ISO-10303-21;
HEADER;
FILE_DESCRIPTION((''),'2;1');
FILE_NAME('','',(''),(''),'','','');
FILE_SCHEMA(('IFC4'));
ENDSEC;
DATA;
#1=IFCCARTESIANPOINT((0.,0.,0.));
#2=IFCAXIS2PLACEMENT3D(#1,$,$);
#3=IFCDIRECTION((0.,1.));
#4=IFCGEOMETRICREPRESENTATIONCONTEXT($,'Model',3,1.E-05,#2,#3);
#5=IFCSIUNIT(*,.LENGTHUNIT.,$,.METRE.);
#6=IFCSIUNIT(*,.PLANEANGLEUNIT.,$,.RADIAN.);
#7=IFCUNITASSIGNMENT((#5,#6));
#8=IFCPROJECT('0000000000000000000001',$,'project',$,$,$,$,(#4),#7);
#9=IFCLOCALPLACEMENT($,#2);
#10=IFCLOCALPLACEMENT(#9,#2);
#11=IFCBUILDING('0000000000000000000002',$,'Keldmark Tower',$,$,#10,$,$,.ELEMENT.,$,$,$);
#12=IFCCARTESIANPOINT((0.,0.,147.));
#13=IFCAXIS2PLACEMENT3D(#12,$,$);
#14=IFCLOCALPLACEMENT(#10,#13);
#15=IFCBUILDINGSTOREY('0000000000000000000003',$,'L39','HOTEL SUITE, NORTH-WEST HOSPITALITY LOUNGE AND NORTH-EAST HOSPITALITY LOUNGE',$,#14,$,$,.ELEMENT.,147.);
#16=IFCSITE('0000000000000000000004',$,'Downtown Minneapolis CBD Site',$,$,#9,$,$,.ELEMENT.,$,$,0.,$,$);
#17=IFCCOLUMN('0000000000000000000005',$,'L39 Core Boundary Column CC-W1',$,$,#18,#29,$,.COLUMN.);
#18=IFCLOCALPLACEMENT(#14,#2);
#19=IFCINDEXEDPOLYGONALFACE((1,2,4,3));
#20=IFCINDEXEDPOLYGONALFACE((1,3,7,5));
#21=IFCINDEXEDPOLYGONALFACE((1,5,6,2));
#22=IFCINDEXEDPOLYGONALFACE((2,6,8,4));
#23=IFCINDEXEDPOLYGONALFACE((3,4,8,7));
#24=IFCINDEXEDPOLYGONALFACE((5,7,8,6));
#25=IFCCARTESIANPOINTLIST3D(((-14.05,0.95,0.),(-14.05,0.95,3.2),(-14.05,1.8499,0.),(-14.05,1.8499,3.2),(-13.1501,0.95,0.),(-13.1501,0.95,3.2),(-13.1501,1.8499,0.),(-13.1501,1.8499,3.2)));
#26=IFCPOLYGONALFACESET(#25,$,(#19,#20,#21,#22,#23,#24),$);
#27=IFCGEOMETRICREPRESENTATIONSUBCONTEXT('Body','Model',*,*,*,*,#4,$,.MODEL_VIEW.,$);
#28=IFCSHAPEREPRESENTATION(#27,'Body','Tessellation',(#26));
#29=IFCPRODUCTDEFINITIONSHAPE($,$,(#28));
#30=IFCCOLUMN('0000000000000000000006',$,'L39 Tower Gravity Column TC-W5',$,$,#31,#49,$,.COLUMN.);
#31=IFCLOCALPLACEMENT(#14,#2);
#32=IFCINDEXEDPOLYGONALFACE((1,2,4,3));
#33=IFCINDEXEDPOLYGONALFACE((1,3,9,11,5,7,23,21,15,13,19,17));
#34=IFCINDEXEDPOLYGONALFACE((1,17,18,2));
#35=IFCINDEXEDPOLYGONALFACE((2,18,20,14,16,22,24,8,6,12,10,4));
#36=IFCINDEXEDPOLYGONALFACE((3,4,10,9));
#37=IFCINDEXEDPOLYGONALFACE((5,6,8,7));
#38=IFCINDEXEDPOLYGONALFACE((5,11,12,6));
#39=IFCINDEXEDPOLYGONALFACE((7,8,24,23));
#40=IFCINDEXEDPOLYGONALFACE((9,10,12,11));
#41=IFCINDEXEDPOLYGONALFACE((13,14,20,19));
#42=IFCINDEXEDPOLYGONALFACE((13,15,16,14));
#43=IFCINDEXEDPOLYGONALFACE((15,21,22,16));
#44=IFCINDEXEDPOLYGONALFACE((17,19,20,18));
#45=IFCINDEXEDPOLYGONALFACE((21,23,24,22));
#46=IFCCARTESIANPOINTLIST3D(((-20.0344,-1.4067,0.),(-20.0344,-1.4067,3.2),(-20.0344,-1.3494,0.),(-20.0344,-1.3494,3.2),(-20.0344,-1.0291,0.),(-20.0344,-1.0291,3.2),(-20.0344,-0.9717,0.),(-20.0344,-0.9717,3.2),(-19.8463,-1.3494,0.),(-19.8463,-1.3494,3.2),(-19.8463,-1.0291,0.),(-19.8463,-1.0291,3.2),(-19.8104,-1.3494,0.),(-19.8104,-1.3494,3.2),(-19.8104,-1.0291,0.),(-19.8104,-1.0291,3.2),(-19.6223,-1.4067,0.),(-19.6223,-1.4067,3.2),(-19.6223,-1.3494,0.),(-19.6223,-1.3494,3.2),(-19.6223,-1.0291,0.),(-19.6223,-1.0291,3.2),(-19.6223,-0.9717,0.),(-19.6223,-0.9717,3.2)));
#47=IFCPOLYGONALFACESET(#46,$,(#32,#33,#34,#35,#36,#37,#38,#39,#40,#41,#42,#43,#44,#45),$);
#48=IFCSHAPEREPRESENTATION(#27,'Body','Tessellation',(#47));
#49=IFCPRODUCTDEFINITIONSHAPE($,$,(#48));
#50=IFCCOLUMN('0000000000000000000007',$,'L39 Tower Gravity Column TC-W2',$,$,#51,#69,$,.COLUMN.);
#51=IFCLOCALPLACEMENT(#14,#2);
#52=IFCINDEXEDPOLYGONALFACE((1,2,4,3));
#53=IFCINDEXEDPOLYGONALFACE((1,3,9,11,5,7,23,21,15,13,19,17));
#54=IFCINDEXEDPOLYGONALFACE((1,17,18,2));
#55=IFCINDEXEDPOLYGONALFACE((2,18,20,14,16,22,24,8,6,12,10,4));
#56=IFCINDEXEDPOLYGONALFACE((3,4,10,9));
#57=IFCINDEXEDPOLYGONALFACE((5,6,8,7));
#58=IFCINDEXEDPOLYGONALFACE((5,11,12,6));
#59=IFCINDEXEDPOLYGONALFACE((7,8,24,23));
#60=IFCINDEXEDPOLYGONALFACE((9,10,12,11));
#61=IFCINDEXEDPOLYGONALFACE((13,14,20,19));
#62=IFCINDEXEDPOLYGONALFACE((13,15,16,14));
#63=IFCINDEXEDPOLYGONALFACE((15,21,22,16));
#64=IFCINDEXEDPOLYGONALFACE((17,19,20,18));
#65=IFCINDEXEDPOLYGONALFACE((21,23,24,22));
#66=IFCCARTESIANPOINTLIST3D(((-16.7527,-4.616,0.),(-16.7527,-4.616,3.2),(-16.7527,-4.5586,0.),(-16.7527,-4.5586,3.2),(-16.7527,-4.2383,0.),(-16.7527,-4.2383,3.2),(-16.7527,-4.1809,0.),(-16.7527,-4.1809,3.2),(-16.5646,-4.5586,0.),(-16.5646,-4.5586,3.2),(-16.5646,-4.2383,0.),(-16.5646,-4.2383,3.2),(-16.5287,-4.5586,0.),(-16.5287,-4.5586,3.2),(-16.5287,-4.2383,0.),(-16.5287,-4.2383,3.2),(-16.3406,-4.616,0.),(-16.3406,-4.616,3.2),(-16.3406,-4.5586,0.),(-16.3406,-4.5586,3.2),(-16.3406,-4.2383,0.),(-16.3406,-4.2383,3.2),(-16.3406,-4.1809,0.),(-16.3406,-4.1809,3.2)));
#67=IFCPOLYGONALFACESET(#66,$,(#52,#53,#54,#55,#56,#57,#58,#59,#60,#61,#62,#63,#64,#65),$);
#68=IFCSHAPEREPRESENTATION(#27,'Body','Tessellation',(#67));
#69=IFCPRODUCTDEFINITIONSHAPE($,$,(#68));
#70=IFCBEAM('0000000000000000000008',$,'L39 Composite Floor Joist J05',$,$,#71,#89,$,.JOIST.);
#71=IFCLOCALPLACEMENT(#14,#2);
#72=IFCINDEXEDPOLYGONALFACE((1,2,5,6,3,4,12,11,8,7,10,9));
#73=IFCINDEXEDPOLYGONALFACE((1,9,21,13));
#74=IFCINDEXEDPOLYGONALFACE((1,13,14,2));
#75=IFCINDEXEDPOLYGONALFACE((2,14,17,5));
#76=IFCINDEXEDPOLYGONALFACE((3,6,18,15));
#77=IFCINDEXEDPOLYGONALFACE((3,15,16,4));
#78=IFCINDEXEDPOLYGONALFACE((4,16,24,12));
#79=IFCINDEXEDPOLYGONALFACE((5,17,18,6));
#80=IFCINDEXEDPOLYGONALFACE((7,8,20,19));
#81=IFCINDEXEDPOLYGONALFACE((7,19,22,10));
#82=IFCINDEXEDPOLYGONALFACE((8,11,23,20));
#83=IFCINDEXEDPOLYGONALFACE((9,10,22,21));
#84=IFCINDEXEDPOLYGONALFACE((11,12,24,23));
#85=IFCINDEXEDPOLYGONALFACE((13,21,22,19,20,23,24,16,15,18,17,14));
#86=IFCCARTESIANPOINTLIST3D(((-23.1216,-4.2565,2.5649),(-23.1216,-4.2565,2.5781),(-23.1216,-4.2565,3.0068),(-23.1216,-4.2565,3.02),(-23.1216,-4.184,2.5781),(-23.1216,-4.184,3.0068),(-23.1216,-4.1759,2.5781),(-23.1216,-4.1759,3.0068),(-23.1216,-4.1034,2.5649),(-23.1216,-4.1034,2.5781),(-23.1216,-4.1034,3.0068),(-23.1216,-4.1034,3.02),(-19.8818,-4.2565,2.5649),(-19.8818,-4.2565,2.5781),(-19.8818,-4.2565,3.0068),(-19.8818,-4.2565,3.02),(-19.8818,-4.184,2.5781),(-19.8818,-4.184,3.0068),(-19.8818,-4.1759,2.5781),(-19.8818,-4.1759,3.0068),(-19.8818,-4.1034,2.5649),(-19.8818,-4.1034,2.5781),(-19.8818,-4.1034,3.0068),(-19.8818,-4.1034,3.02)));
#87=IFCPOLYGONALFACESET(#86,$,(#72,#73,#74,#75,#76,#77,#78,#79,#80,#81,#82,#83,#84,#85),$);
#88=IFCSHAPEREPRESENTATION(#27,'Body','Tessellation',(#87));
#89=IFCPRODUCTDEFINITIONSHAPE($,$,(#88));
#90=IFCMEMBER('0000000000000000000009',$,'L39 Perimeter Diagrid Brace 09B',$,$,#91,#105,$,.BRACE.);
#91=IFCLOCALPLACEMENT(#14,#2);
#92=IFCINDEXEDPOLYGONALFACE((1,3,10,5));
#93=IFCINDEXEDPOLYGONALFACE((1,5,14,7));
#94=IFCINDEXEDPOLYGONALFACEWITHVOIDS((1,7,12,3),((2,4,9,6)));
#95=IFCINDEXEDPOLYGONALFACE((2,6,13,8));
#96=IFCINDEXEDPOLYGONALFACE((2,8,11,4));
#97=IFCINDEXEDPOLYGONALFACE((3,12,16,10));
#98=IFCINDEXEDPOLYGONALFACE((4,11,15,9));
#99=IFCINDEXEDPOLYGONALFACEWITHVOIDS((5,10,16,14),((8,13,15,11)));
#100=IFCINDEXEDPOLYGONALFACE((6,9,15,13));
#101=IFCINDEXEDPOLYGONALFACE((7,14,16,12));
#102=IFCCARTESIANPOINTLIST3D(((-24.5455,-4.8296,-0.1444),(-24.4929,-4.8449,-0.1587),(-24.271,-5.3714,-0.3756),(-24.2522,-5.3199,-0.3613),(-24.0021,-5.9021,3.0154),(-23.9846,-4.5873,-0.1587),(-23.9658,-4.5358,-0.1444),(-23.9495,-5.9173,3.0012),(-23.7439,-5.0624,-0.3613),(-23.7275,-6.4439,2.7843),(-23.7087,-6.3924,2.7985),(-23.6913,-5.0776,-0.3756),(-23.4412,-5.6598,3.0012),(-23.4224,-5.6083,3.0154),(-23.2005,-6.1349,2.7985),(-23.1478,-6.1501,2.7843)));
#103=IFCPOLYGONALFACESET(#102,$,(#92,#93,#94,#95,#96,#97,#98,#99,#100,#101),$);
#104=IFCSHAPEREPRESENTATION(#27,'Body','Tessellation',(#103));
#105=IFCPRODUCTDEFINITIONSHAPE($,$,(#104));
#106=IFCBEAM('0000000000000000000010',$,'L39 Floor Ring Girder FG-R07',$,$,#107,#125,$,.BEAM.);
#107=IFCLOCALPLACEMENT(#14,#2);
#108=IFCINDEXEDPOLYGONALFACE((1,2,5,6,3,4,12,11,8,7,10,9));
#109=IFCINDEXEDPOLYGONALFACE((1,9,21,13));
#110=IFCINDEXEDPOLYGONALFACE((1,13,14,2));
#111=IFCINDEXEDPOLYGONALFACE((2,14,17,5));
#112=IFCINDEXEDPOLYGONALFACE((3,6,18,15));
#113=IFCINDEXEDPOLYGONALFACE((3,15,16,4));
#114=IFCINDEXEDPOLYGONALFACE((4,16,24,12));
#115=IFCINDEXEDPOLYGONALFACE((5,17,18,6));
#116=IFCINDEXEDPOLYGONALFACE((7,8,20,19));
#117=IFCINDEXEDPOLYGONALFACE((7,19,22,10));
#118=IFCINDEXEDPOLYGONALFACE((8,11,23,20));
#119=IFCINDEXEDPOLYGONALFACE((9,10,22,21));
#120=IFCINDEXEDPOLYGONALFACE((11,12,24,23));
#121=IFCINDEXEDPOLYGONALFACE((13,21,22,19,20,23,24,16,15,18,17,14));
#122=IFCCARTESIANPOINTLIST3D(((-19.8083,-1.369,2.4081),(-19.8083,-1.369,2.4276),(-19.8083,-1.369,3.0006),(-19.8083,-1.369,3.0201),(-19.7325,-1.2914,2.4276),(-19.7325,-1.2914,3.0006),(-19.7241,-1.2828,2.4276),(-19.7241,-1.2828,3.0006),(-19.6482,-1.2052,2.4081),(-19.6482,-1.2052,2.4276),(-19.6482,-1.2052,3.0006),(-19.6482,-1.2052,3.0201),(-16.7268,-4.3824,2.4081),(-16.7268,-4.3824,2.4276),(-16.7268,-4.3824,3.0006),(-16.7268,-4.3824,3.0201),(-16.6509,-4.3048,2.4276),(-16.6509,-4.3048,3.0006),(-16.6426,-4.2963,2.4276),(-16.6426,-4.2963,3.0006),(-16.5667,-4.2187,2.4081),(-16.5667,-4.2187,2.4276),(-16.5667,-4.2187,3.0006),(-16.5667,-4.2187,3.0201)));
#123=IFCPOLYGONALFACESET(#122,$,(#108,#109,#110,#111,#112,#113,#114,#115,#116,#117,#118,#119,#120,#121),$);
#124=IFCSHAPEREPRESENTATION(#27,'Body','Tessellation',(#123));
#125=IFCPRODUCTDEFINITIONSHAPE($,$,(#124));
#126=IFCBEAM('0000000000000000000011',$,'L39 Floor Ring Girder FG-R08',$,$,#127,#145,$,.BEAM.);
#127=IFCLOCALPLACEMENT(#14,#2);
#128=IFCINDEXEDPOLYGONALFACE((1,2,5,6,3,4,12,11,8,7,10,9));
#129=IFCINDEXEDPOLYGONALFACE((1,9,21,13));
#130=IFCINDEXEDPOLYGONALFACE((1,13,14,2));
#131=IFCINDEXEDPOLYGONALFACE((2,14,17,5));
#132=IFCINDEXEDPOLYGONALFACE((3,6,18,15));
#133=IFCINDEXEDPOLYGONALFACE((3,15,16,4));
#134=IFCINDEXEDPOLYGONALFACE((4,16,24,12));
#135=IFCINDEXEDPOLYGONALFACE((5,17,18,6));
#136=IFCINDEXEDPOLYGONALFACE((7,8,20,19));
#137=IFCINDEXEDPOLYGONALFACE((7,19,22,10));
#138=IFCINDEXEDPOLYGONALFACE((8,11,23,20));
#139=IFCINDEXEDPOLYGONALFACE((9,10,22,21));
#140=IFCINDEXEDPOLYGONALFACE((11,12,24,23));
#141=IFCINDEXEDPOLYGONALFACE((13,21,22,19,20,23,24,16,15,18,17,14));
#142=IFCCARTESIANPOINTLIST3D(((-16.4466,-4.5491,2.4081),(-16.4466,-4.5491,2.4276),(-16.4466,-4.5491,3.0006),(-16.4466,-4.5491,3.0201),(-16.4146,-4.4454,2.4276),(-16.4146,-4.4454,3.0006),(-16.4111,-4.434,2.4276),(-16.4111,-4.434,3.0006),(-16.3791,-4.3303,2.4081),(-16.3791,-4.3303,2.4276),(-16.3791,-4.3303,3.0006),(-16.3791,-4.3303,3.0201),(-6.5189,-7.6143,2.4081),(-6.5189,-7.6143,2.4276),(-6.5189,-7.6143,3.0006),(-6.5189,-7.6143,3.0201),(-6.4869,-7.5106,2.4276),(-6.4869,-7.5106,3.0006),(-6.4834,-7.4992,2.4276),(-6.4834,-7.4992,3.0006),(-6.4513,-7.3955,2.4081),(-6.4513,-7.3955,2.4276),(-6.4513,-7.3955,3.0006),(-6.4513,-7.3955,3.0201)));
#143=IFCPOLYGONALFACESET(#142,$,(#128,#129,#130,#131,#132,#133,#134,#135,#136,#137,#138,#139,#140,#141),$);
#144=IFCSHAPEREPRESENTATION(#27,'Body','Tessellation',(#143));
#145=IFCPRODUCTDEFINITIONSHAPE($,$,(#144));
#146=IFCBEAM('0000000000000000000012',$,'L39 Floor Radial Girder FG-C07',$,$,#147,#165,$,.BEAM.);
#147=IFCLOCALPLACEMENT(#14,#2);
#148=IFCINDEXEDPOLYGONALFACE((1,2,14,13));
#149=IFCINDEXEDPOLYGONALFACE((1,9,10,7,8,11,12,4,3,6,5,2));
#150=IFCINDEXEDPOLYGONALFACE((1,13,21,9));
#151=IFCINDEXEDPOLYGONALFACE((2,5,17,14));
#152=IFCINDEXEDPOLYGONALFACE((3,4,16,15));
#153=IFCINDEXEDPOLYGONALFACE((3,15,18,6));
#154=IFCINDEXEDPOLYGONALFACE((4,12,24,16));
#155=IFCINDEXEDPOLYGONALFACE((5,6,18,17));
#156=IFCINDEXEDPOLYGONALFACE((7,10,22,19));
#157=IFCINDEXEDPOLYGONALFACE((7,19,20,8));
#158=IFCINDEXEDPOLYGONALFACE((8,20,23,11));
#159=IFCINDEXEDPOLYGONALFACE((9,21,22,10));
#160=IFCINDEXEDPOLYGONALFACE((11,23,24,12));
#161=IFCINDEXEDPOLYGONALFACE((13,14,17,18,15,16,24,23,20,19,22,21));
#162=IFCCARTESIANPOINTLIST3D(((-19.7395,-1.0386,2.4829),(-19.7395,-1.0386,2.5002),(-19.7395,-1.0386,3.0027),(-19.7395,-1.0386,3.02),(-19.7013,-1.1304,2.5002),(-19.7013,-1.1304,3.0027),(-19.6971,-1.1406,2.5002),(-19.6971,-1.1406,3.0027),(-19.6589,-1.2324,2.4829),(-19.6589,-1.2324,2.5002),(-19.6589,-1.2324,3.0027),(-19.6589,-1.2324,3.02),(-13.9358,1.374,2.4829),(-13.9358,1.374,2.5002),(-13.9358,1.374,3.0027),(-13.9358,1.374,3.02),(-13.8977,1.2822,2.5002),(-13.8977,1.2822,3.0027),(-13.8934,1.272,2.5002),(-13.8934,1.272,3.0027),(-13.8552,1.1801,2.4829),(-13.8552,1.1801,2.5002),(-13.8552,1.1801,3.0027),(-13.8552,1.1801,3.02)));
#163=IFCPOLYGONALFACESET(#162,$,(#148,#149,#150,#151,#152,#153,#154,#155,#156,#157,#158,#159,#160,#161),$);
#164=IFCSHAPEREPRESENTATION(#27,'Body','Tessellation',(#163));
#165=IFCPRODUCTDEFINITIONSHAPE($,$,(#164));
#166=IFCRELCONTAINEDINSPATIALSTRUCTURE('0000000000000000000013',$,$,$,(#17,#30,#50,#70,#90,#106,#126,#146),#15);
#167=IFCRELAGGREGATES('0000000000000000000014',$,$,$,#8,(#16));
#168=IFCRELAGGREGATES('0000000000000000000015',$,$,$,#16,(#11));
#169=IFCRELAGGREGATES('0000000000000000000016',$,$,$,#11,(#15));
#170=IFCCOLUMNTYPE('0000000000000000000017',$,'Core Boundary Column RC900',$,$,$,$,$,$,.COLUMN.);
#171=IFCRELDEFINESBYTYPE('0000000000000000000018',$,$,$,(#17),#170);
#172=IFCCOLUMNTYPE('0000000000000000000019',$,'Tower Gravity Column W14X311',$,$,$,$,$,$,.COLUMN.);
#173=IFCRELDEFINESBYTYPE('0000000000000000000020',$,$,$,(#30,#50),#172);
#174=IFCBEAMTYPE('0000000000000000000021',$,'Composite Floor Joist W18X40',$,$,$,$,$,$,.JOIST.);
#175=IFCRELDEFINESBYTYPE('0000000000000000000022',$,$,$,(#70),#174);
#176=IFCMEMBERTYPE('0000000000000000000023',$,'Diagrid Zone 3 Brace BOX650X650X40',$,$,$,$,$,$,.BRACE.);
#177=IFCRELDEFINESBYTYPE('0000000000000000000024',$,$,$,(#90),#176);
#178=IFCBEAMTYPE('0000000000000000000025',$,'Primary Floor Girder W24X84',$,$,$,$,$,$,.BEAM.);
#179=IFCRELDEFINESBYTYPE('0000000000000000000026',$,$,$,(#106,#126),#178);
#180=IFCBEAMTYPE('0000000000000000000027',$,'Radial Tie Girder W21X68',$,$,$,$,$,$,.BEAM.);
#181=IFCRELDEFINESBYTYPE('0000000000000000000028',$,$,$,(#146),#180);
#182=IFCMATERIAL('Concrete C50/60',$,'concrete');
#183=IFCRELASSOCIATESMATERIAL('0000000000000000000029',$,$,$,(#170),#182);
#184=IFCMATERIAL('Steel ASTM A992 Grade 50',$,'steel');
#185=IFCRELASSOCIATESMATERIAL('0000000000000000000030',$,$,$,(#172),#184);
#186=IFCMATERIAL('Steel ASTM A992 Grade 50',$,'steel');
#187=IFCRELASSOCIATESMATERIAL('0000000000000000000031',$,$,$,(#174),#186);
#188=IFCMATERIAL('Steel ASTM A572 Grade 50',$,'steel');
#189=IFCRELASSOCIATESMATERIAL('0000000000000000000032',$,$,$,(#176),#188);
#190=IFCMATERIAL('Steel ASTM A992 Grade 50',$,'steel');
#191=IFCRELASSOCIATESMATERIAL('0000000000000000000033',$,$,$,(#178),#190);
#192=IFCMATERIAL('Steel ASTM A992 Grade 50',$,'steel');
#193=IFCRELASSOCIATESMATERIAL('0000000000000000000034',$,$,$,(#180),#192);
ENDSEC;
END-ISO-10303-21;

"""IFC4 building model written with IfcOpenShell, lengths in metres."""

from ifc_helpers import new_model, si_unit, direction, frame, origin, origin_2d, place, context, subcontext, project, spatial, rectangle, hollow_rectangle, i_section, extrude, material, material_profile, profile_set, type_object, element, save


model = new_model("IFC4")

# Units and contexts
model_context = context("Model", 3, precision=1e-05, world=origin(), true_north=direction((0.0, 1.0)))
body_context = subcontext(model_context, "Body", "Model", "MODEL_VIEW")
ifc_project = project(units=[si_unit("LENGTHUNIT", "METRE"), si_unit("PLANEANGLEUNIT", "RADIAN")], contexts=[model_context])

# Site, building, storey
site_placement = place(None, origin())
site = spatial("IfcSite", under=ifc_project, at=site_placement, Name="Downtown Minneapolis CBD Site", CompositionType="ELEMENT", RefElevation=0.0)
building_placement = place(site_placement, origin())
building = spatial("IfcBuilding", under=site, at=building_placement, Name="Keldmark Tower", CompositionType="ELEMENT")
storey_placement = place(building_placement, frame((0.0, 0.0, 147.0)))
storey = spatial("IfcBuildingStorey", under=building, at=storey_placement, Name="L39", Description="HOTEL SUITE, NORTH-WEST HOSPITALITY LOUNGE AND NORTH-EAST HOSPITALITY LOUNGE", CompositionType="ELEMENT", Elevation=147.0)

# Columns
ifc_material_1 = material(Name="Concrete C50/60", Category="concrete")
ifc_material_profile_1 = material_profile(ifc_material_1, rectangle(XDim=0.8999, YDim=0.8999, at=origin_2d()), Name="RC900X900")
ifc_profile_set_1 = profile_set([ifc_material_profile_1], Name="Concrete C50/60")
column_type_1 = type_object("IfcColumnType", Name="Core Boundary Column RC900", PredefinedType="COLUMN", material=ifc_profile_set_1)
column_placement = place(storey_placement, frame((-13.6001, 1.3999, 0.0), z_axis=(0.0, 0.0, 1.0), x_axis=(1.0, 0.0, 0.0)))
element("IfcColumn", 1, at=column_placement, inside=storey, type_object=column_type_1, Name="L39 Core Boundary Column CC-W1", PredefinedType="COLUMN", context=body_context, shape_type="SweptSolid", body=[
    extrude(rectangle(XDim=0.8999, YDim=0.8999, at=origin_2d()), origin(), (0.0, 0.0, 1.0), 3.2),
])
ifc_material_2 = material(Name="Steel ASTM A992 Grade 50", Category="steel")
ifc_material_profile_2 = material_profile(ifc_material_2, i_section(OverallWidth=0.4121, OverallDepth=0.4351, WebThickness=0.0359, FlangeThickness=0.0574, at=origin_2d()), Name="W14X311")
ifc_profile_set_2 = profile_set([ifc_material_profile_2], Name="Steel ASTM A992 Grade 50")
column_type_2 = type_object("IfcColumnType", Name="Tower Gravity Column W14X311", PredefinedType="COLUMN", material=ifc_profile_set_2)
for number, where, z_axis, x_axis, name in (
    (2, (-19.8284, -1.1892, 0.0), (0.0, 0.0, 1.0), (1.0, 0.0, 0.0), "L39 Tower Gravity Column TC-W5"),
    (3, (-16.5466, -4.3984, 0.0), (0.0, 0.0, 1.0), (1.0, 0.0, 0.0), "L39 Tower Gravity Column TC-W2"),
):
    element("IfcColumn", number, at=place(storey_placement, frame(where, z_axis=z_axis, x_axis=x_axis)), inside=storey, type_object=column_type_2, Name=name, PredefinedType="COLUMN", context=body_context, shape_type="SweptSolid", body=[
        extrude(i_section(OverallWidth=0.4121, OverallDepth=0.4351, WebThickness=0.0359, FlangeThickness=0.0574, at=origin_2d()), origin(), (0.0, 0.0, 1.0), 3.2),
    ])

# Beam
ifc_material_3 = material(Name="Steel ASTM A992 Grade 50", Category="steel")
ifc_material_profile_3 = material_profile(ifc_material_3, i_section(OverallWidth=0.1531, OverallDepth=0.4551, WebThickness=0.0081, FlangeThickness=0.0132, at=origin_2d()), Name="W18X40")
ifc_profile_set_3 = profile_set([ifc_material_profile_3], Name="Steel ASTM A992 Grade 50")
beam_type_1 = type_object("IfcBeamType", Name="Composite Floor Joist W18X40", PredefinedType="JOIST", material=ifc_profile_set_3)
beam_1_placement = place(storey_placement, frame((-23.1216, -4.1799, 2.7925), z_axis=(1.0, 0.0, 0.0), x_axis=(0.0, 1.0, 0.0)))
element("IfcBeam", 4, at=beam_1_placement, inside=storey, type_object=beam_type_1, Name="L39 Composite Floor Joist J05", PredefinedType="JOIST", context=body_context, shape_type="SweptSolid", body=[
    extrude(i_section(OverallWidth=0.1531, OverallDepth=0.4551, WebThickness=0.0081, FlangeThickness=0.0132, at=origin_2d()), origin(), (0.0, 0.0, 1.0), 3.2397),
])

# Member
ifc_material_4 = material(Name="Steel ASTM A572 Grade 50", Category="steel")
ifc_material_profile_4 = material_profile(ifc_material_4, hollow_rectangle(XDim=0.6499, YDim=0.6499, WallThickness=0.04, at=origin_2d()), Name="BOX650X650X40")
ifc_profile_set_4 = profile_set([ifc_material_profile_4], Name="Steel ASTM A572 Grade 50")
member_type = type_object("IfcMemberType", Name="Diagrid Zone 3 Brace BOX650X650X40", PredefinedType="BRACE", material=ifc_profile_set_4)
member_placement = place(storey_placement, frame((-24.1184, -4.9536, -0.26), z_axis=(0.160742, -0.317224, 0.934629), x_axis=(0.892018, 0.451999, 0.0)))
element("IfcMember", 5, at=member_placement, inside=storey, type_object=member_type, Name="L39 Perimeter Diagrid Brace 09B", PredefinedType="BRACE", context=body_context, shape_type="SweptSolid", body=[
    extrude(hollow_rectangle(XDim=0.6499, YDim=0.6499, WallThickness=0.04, at=origin_2d()), origin(), (0.0, 0.0, 1.0), 3.3809),
])

# Beams
ifc_material_5 = material(Name="Steel ASTM A992 Grade 50", Category="steel")
ifc_material_profile_5 = material_profile(ifc_material_5, i_section(OverallWidth=0.229, OverallDepth=0.6121, WebThickness=0.012, FlangeThickness=0.0195, at=origin_2d()), Name="W24X84")
ifc_profile_set_5 = profile_set([ifc_material_profile_5], Name="Steel ASTM A992 Grade 50")
beam_type_2 = type_object("IfcBeamType", Name="Primary Floor Girder W24X84", PredefinedType="BEAM", material=ifc_profile_set_5)
beam_2_placement = place(storey_placement, frame((-19.7283, -1.2871, 2.7141), z_axis=(0.714965, -0.699161, 0.0), x_axis=(0.699161, 0.714965, 0.0)))
element("IfcBeam", 6, at=beam_2_placement, inside=storey, type_object=beam_type_2, Name="L39 Floor Ring Girder FG-R07", PredefinedType="BEAM", context=body_context, shape_type="SweptSolid", body=[
    extrude(i_section(OverallWidth=0.229, OverallDepth=0.6121, WebThickness=0.012, FlangeThickness=0.0195, at=origin_2d()), origin(), (0.0, 0.0, 1.0), 4.3101),
])
beam_3_placement = place(storey_placement, frame((-16.4128, -4.4397, 2.7141), z_axis=(0.955495, -0.295009, 0.0), x_axis=(0.295009, 0.955495, 0.0)))
element("IfcBeam", 7, at=beam_3_placement, inside=storey, type_object=beam_type_2, Name="L39 Floor Ring Girder FG-R08", PredefinedType="BEAM", context=body_context, shape_type="SweptSolid", body=[
    extrude(i_section(OverallWidth=0.229, OverallDepth=0.6121, WebThickness=0.012, FlangeThickness=0.0195, at=origin_2d()), origin(), (0.0, 0.0, 1.0), 10.3901),
])
ifc_material_6 = material(Name="Steel ASTM A992 Grade 50", Category="steel")
ifc_material_profile_6 = material_profile(ifc_material_6, i_section(OverallWidth=0.21, OverallDepth=0.5371, WebThickness=0.011, FlangeThickness=0.0173, at=origin_2d()), Name="W21X68")
ifc_profile_set_6 = profile_set([ifc_material_profile_6], Name="Steel ASTM A992 Grade 50")
beam_type_3 = type_object("IfcBeamType", Name="Radial Tie Girder W21X68", PredefinedType="BEAM", material=ifc_profile_set_6)
beam_4_placement = place(storey_placement, frame((-19.6992, -1.1355, 2.7515), z_axis=(0.923394, 0.383854, 0.0), x_axis=(-0.383854, 0.923394, 0.0)))
element("IfcBeam", 8, at=beam_4_placement, inside=storey, type_object=beam_type_3, Name="L39 Floor Radial Girder FG-C07", PredefinedType="BEAM", context=body_context, shape_type="SweptSolid", body=[
    extrude(i_section(OverallWidth=0.21, OverallDepth=0.5371, WebThickness=0.011, FlangeThickness=0.0173, at=origin_2d()), origin(), (0.0, 0.0, 1.0), 6.2852),
])

save(model, "model.ifc")
